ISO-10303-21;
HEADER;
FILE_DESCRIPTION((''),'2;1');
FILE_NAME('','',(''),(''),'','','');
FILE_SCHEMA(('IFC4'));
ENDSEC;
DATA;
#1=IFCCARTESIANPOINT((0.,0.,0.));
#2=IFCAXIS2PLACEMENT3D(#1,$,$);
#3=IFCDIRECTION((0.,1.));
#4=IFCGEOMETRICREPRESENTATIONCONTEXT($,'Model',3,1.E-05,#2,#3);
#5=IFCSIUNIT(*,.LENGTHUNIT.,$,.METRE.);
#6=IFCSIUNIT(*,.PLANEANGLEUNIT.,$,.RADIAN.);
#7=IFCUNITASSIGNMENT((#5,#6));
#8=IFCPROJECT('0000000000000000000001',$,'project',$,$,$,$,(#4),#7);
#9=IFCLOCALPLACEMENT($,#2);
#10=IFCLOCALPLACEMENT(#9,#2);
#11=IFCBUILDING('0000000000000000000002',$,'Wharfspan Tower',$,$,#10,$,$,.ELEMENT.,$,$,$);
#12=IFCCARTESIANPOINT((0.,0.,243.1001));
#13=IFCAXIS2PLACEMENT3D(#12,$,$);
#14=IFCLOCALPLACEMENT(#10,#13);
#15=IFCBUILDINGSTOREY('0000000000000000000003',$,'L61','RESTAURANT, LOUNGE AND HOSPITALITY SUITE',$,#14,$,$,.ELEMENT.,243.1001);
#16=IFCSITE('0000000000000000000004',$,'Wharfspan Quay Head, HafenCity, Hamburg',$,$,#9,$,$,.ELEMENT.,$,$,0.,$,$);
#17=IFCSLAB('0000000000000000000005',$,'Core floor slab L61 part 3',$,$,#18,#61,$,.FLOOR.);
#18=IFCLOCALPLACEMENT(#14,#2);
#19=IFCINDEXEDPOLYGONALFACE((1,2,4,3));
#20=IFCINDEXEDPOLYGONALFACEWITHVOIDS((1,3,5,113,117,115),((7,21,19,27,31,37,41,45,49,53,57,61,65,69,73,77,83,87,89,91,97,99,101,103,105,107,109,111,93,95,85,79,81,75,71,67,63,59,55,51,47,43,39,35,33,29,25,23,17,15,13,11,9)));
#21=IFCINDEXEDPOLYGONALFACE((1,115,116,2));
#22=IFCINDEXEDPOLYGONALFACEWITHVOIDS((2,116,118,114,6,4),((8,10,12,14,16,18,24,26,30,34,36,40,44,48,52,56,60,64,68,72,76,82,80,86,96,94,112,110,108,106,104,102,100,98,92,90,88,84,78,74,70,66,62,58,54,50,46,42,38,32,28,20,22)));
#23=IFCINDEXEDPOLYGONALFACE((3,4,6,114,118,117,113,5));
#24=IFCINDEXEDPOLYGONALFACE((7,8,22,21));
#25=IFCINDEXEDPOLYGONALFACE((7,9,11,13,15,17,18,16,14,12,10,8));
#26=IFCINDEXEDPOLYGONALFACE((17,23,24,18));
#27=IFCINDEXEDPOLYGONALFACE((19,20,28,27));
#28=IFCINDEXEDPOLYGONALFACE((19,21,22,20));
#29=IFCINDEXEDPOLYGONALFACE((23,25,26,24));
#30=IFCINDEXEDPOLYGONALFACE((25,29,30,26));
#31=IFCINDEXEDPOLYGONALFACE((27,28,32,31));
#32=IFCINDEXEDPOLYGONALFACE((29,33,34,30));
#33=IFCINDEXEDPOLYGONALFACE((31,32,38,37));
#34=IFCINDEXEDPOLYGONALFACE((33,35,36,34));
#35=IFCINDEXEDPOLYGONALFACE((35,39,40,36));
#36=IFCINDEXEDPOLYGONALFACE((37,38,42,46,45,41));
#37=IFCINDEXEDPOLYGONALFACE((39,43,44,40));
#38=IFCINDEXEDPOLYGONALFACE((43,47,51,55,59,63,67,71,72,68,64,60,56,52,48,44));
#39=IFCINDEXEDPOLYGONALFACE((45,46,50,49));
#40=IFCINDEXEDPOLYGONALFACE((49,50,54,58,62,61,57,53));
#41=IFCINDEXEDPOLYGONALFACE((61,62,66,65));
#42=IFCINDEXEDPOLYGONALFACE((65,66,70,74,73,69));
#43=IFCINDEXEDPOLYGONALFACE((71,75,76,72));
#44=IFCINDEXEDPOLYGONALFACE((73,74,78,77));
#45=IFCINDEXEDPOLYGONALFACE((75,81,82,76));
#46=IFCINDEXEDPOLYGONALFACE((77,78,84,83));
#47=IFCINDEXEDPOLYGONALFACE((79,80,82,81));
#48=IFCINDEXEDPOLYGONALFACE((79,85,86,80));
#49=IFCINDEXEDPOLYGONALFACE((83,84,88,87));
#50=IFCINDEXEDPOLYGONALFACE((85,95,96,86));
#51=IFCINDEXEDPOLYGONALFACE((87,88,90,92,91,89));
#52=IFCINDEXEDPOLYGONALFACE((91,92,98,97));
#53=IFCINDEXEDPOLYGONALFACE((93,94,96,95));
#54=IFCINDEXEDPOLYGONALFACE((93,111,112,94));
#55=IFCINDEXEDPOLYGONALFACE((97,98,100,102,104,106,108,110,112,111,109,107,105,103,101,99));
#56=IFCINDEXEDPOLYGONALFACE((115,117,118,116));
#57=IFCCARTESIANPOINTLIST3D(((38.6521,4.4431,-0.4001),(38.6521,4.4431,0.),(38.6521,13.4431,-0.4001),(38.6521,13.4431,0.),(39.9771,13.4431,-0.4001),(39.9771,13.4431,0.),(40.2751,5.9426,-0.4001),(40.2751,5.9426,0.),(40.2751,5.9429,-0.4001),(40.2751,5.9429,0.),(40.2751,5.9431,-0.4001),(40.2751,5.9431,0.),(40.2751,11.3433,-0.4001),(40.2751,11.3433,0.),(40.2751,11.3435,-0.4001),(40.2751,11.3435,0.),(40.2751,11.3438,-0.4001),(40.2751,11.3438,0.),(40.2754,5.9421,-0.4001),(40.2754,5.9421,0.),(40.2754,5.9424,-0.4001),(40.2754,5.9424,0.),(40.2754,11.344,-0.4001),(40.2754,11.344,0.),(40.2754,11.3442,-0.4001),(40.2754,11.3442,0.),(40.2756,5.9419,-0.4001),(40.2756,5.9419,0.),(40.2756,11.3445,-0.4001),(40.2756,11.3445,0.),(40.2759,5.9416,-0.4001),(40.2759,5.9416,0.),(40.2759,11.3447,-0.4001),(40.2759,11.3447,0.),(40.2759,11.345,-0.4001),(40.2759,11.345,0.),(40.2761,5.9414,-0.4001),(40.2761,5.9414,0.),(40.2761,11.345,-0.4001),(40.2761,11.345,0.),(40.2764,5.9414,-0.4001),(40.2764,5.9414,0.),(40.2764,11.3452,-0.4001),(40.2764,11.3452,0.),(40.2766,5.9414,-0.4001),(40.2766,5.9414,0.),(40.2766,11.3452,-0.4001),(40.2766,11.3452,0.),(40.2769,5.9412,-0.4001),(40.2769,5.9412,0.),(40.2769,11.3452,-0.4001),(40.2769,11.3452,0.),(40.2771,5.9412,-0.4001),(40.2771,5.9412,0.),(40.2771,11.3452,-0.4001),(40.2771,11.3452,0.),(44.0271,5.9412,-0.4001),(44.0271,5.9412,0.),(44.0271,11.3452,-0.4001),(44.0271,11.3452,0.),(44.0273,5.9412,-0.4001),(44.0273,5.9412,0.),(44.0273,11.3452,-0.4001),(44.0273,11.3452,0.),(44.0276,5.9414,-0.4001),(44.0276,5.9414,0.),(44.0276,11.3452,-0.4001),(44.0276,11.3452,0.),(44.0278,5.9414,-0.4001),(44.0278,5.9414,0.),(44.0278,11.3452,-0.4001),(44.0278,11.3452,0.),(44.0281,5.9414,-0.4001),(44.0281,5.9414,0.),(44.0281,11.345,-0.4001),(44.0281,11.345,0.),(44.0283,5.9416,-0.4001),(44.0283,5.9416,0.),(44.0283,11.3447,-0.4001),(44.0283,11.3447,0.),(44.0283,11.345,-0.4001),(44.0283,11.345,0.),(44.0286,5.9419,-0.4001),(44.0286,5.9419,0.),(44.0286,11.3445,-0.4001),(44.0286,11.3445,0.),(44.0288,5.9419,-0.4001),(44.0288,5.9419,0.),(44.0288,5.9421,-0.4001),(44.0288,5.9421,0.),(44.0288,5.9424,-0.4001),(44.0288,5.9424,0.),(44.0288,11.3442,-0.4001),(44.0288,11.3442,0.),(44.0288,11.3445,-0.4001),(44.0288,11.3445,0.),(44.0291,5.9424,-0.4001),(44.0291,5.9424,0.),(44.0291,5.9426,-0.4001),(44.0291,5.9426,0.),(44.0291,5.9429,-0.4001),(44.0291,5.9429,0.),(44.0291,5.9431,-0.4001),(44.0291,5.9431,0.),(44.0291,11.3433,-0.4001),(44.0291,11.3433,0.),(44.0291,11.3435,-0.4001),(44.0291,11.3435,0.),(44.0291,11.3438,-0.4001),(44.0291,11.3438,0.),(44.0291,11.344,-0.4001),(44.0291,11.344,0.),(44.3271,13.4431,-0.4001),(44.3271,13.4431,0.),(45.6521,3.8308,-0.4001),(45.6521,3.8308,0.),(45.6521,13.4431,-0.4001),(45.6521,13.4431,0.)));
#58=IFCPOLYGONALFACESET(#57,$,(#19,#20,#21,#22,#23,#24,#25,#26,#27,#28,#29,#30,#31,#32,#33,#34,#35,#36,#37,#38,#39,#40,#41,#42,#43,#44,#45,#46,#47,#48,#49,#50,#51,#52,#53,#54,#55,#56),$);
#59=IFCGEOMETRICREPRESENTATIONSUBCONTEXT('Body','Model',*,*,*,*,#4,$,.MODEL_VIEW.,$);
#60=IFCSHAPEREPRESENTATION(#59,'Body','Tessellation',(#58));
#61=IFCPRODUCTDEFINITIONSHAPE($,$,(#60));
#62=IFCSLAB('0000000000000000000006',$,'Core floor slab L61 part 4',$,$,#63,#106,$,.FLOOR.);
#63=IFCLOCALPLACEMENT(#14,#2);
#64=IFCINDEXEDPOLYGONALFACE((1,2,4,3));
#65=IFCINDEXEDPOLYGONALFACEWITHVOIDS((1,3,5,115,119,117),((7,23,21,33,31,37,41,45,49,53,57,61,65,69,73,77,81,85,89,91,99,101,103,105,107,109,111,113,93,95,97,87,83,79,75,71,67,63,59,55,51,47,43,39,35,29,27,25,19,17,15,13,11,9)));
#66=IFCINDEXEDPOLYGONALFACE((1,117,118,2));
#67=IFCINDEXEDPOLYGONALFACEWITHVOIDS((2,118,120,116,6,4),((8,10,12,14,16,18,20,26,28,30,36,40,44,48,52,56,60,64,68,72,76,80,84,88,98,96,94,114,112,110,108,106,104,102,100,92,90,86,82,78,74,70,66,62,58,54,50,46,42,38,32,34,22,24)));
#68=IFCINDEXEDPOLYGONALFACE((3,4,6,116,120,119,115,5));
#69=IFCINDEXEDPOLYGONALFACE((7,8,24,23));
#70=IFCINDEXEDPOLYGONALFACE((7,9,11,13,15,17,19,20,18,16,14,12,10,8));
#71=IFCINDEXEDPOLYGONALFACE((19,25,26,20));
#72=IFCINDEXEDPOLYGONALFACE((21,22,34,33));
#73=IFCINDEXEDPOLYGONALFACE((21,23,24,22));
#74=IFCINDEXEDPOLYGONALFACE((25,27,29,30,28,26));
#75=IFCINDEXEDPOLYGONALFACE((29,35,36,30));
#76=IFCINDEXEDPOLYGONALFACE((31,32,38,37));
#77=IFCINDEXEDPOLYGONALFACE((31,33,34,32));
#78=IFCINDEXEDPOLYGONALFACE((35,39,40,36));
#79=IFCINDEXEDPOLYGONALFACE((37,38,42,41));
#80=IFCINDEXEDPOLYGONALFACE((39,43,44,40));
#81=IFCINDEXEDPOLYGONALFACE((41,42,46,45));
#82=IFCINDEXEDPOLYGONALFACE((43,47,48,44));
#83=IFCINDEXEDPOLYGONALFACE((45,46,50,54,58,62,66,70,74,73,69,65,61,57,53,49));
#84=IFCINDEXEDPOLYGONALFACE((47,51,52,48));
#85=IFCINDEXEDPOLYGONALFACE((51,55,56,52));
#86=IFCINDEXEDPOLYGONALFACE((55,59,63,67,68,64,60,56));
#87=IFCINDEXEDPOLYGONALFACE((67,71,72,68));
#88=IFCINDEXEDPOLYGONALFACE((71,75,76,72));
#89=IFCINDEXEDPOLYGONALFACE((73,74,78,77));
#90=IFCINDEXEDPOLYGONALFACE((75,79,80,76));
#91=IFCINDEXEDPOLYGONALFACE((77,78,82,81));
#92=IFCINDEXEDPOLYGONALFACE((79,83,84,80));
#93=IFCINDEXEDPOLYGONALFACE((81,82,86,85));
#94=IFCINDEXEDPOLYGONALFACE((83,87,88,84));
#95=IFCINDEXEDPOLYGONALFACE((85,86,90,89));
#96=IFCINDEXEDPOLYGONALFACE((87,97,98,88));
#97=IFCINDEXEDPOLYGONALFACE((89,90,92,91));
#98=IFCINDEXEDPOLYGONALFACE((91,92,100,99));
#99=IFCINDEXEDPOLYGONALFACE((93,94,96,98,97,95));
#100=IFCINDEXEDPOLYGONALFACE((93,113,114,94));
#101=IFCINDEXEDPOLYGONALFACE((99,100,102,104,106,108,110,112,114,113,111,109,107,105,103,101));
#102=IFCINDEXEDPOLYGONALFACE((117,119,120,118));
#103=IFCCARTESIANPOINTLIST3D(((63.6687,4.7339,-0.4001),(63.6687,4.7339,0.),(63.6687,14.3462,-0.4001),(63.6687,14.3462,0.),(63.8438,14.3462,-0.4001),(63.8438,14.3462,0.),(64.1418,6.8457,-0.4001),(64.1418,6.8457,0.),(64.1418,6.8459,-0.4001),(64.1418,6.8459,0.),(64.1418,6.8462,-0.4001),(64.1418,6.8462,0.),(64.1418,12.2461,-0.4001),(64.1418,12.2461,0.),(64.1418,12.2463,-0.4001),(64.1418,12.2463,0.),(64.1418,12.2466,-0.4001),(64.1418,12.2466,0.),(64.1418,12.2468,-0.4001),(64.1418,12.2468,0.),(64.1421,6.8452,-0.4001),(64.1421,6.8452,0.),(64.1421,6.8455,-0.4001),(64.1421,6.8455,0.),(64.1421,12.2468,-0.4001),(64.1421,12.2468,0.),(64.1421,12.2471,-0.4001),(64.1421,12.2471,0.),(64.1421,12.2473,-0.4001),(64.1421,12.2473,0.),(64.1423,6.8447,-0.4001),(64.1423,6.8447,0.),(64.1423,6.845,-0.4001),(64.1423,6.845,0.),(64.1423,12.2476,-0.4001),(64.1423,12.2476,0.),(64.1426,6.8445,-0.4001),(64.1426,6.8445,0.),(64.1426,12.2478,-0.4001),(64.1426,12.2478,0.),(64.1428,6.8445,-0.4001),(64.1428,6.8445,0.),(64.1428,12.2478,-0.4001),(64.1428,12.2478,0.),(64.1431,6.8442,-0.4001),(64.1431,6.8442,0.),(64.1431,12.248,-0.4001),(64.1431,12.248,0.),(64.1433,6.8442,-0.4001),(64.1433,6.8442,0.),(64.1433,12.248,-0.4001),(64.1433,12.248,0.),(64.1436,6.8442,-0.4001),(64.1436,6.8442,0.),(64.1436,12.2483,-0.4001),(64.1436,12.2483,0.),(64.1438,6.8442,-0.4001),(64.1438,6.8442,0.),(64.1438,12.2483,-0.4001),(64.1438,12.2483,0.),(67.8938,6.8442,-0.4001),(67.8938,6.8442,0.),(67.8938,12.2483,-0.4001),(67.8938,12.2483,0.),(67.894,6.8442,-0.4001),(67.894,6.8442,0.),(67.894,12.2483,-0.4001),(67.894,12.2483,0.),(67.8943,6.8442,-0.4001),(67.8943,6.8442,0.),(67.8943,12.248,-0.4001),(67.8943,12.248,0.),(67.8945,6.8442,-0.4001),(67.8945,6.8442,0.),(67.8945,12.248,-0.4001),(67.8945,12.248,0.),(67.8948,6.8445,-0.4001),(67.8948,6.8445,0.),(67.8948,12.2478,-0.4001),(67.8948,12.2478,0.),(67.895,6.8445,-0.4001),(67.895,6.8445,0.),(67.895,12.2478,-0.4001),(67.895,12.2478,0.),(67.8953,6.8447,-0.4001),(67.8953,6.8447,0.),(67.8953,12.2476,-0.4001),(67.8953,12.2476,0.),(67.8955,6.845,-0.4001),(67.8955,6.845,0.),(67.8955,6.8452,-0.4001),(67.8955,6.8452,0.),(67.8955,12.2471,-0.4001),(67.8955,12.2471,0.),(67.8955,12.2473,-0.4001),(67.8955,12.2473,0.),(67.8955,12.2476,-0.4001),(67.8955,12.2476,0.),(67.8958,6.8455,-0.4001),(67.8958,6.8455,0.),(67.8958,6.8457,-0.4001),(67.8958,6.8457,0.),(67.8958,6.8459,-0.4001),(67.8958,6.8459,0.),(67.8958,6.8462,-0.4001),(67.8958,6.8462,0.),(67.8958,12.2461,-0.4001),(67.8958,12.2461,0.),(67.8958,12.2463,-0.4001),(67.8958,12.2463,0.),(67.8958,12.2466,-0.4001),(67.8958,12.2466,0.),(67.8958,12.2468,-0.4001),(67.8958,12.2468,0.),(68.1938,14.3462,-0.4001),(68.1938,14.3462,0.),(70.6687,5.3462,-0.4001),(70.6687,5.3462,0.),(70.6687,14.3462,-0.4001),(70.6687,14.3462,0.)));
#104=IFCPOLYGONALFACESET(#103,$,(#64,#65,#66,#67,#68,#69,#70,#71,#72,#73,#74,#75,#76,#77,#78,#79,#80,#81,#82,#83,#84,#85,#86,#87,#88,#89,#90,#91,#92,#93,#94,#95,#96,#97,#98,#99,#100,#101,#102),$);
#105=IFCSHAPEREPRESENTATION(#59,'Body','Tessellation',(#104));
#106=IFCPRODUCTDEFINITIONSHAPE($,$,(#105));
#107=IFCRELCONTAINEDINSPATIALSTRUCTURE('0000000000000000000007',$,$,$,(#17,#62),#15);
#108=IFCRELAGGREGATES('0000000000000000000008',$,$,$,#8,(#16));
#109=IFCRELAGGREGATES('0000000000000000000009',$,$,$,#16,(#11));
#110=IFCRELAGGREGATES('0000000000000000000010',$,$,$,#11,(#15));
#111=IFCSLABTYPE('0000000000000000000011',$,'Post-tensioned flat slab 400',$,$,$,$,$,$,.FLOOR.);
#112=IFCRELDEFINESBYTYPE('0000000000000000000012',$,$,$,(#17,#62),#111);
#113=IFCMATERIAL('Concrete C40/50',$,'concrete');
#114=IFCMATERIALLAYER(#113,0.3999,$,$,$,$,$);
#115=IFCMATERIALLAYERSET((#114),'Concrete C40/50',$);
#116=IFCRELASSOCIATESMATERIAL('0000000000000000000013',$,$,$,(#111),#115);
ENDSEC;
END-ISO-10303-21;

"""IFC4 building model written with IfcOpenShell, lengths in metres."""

from ifc_helpers import new_model, si_unit, direction, frame, origin, place, context, subcontext, project, spatial, polyline, outline, extrude, material, layer, layer_set, type_object, element, save


model = new_model("IFC4")

# Units and contexts
model_context = context("Model", 3, precision=1e-05, world=origin(), true_north=direction((0.0, 1.0)))
body_context = subcontext(model_context, "Body", "Model", "MODEL_VIEW")
ifc_project = project(units=[si_unit("LENGTHUNIT", "METRE"), si_unit("PLANEANGLEUNIT", "RADIAN")], contexts=[model_context])

# Site, building, storey
site_placement = place(None, origin())
site = spatial("IfcSite", under=ifc_project, at=site_placement, Name="Wharfspan Quay Head, HafenCity, Hamburg", CompositionType="ELEMENT", RefElevation=0.0)
building_placement = place(site_placement, origin())
building = spatial("IfcBuilding", under=site, at=building_placement, Name="Wharfspan Tower", CompositionType="ELEMENT")
storey_placement = place(building_placement, frame((0.0, 0.0, 243.1001)))
storey = spatial("IfcBuildingStorey", under=building, at=storey_placement, Name="L61", Description="RESTAURANT, LOUNGE AND HOSPITALITY SUITE", CompositionType="ELEMENT", Elevation=243.1001)

# Slabs
ifc_material_1 = material(Name="Concrete C40/50", Category="concrete")
ifc_layer_1 = layer(ifc_material_1, 0.3999)
ifc_layer_set_1 = layer_set([ifc_layer_1], Name="Concrete C40/50")
slab_type_1 = type_object("IfcSlabType", Name="Post-tensioned flat slab 400", PredefinedType="FLOOR", material=ifc_layer_set_1)
slab_1_placement = place(storey_placement, frame((0.0, 0.0, -0.4001)))
element("IfcSlab", 1, at=slab_1_placement, inside=storey, type_object=slab_type_1, Name="Core floor slab L61 part 3", PredefinedType="FLOOR", context=body_context, shape_type="SweptSolid", body=[
    extrude(outline(polyline([(44.3271, 13.4431), (39.9771, 13.4431), (38.6521, 13.4431), (38.6521, 4.4431), (45.6521, 3.8308), (45.6521, 13.4431), (44.3271, 13.4431)]), holes=[polyline([(40.2751, 11.3433), (40.2751, 11.3435), (40.2751, 11.3435), (40.2751, 11.3438), (40.2754, 11.344), (40.2754, 11.3442), (40.2754, 11.3442), (40.2756, 11.3445), (40.2756, 11.3445), (40.2759, 11.3447), (40.2759, 11.345), (40.2761, 11.345), (40.2764, 11.3452), (40.2766, 11.3452), (40.2766, 11.3452), (40.2769, 11.3452), (40.2771, 11.3452), (44.0271, 11.3452), (44.0273, 11.3452), (44.0276, 11.3452), (44.0276, 11.3452), (44.0278, 11.3452), (44.0281, 11.345), (44.0283, 11.345), (44.0283, 11.3447), (44.0286, 11.3445), (44.0288, 11.3445), (44.0288, 11.3442), (44.0288, 11.3442), (44.0291, 11.344), (44.0291, 11.3438), (44.0291, 11.3435), (44.0291, 11.3435), (44.0291, 11.3433), (44.0291, 5.9431), (44.0291, 5.9431), (44.0291, 5.9429), (44.0291, 5.9426), (44.0291, 5.9424), (44.0288, 5.9424), (44.0288, 5.9421), (44.0288, 5.9419), (44.0286, 5.9419), (44.0283, 5.9417), (44.0283, 5.9417), (44.0281, 5.9414), (44.0278, 5.9414), (44.0276, 5.9414), (44.0276, 5.9414), (44.0273, 5.9412), (44.0271, 5.9412), (40.2771, 5.9412), (40.2769, 5.9412), (40.2766, 5.9414), (40.2766, 5.9414), (40.2764, 5.9414), (40.2761, 5.9414), (40.2759, 5.9417), (40.2759, 5.9417), (40.2756, 5.9419), (40.2756, 5.9419), (40.2754, 5.9421), (40.2754, 5.9424), (40.2754, 5.9424), (40.2751, 5.9426), (40.2751, 5.9429), (40.2751, 5.9431), (40.2751, 5.9431), (40.2751, 11.3433)])]), origin(), (0.0, 0.0, 1.0), 0.4001),
])
slab_2_placement = place(storey_placement, frame((0.0, 0.0, -0.4001)))
element("IfcSlab", 2, at=slab_2_placement, inside=storey, type_object=slab_type_1, Name="Core floor slab L61 part 4", PredefinedType="FLOOR", context=body_context, shape_type="SweptSolid", body=[
    extrude(outline(polyline([(70.6687, 14.3462), (68.1938, 14.3462), (63.8438, 14.3462), (63.6687, 14.3462), (63.6687, 4.7339), (70.6687, 5.3462), (70.6687, 14.3462)]), holes=[polyline([(64.1418, 12.2461), (64.1418, 12.2463), (64.1418, 12.2466), (64.1418, 12.2468), (64.1421, 12.2468), (64.1421, 12.2471), (64.1421, 12.2473), (64.1423, 12.2476), (64.1423, 12.2476), (64.1426, 12.2478), (64.1426, 12.2478), (64.1428, 12.2478), (64.1431, 12.248), (64.1433, 12.248), (64.1433, 12.248), (64.1436, 12.2483), (64.1438, 12.2483), (67.8938, 12.2483), (67.894, 12.2483), (67.8943, 12.248), (67.8943, 12.248), (67.8945, 12.248), (67.8948, 12.2478), (67.895, 12.2478), (67.895, 12.2478), (67.8953, 12.2476), (67.8955, 12.2476), (67.8955, 12.2473), (67.8955, 12.2471), (67.8958, 12.2468), (67.8958, 12.2468), (67.8958, 12.2466), (67.8958, 12.2463), (67.8958, 12.2461), (67.8958, 6.8462), (67.8958, 6.8459), (67.8958, 6.8457), (67.8958, 6.8457), (67.8958, 6.8455), (67.8955, 6.8452), (67.8955, 6.8452), (67.8955, 6.845), (67.8953, 6.8447), (67.895, 6.8445), (67.895, 6.8445), (67.8948, 6.8445), (67.8945, 6.8442), (67.8943, 6.8442), (67.8943, 6.8442), (67.894, 6.8442), (67.8938, 6.8442), (64.1438, 6.8442), (64.1436, 6.8442), (64.1433, 6.8442), (64.1433, 6.8442), (64.1431, 6.8442), (64.1428, 6.8445), (64.1426, 6.8445), (64.1426, 6.8445), (64.1423, 6.8447), (64.1423, 6.845), (64.1421, 6.8452), (64.1421, 6.8452), (64.1421, 6.8455), (64.1418, 6.8457), (64.1418, 6.8457), (64.1418, 6.8459), (64.1418, 6.8462), (64.1418, 12.2461)])]), origin(), (0.0, 0.0, 1.0), 0.4001),
])

save(model, "model.ifc")
